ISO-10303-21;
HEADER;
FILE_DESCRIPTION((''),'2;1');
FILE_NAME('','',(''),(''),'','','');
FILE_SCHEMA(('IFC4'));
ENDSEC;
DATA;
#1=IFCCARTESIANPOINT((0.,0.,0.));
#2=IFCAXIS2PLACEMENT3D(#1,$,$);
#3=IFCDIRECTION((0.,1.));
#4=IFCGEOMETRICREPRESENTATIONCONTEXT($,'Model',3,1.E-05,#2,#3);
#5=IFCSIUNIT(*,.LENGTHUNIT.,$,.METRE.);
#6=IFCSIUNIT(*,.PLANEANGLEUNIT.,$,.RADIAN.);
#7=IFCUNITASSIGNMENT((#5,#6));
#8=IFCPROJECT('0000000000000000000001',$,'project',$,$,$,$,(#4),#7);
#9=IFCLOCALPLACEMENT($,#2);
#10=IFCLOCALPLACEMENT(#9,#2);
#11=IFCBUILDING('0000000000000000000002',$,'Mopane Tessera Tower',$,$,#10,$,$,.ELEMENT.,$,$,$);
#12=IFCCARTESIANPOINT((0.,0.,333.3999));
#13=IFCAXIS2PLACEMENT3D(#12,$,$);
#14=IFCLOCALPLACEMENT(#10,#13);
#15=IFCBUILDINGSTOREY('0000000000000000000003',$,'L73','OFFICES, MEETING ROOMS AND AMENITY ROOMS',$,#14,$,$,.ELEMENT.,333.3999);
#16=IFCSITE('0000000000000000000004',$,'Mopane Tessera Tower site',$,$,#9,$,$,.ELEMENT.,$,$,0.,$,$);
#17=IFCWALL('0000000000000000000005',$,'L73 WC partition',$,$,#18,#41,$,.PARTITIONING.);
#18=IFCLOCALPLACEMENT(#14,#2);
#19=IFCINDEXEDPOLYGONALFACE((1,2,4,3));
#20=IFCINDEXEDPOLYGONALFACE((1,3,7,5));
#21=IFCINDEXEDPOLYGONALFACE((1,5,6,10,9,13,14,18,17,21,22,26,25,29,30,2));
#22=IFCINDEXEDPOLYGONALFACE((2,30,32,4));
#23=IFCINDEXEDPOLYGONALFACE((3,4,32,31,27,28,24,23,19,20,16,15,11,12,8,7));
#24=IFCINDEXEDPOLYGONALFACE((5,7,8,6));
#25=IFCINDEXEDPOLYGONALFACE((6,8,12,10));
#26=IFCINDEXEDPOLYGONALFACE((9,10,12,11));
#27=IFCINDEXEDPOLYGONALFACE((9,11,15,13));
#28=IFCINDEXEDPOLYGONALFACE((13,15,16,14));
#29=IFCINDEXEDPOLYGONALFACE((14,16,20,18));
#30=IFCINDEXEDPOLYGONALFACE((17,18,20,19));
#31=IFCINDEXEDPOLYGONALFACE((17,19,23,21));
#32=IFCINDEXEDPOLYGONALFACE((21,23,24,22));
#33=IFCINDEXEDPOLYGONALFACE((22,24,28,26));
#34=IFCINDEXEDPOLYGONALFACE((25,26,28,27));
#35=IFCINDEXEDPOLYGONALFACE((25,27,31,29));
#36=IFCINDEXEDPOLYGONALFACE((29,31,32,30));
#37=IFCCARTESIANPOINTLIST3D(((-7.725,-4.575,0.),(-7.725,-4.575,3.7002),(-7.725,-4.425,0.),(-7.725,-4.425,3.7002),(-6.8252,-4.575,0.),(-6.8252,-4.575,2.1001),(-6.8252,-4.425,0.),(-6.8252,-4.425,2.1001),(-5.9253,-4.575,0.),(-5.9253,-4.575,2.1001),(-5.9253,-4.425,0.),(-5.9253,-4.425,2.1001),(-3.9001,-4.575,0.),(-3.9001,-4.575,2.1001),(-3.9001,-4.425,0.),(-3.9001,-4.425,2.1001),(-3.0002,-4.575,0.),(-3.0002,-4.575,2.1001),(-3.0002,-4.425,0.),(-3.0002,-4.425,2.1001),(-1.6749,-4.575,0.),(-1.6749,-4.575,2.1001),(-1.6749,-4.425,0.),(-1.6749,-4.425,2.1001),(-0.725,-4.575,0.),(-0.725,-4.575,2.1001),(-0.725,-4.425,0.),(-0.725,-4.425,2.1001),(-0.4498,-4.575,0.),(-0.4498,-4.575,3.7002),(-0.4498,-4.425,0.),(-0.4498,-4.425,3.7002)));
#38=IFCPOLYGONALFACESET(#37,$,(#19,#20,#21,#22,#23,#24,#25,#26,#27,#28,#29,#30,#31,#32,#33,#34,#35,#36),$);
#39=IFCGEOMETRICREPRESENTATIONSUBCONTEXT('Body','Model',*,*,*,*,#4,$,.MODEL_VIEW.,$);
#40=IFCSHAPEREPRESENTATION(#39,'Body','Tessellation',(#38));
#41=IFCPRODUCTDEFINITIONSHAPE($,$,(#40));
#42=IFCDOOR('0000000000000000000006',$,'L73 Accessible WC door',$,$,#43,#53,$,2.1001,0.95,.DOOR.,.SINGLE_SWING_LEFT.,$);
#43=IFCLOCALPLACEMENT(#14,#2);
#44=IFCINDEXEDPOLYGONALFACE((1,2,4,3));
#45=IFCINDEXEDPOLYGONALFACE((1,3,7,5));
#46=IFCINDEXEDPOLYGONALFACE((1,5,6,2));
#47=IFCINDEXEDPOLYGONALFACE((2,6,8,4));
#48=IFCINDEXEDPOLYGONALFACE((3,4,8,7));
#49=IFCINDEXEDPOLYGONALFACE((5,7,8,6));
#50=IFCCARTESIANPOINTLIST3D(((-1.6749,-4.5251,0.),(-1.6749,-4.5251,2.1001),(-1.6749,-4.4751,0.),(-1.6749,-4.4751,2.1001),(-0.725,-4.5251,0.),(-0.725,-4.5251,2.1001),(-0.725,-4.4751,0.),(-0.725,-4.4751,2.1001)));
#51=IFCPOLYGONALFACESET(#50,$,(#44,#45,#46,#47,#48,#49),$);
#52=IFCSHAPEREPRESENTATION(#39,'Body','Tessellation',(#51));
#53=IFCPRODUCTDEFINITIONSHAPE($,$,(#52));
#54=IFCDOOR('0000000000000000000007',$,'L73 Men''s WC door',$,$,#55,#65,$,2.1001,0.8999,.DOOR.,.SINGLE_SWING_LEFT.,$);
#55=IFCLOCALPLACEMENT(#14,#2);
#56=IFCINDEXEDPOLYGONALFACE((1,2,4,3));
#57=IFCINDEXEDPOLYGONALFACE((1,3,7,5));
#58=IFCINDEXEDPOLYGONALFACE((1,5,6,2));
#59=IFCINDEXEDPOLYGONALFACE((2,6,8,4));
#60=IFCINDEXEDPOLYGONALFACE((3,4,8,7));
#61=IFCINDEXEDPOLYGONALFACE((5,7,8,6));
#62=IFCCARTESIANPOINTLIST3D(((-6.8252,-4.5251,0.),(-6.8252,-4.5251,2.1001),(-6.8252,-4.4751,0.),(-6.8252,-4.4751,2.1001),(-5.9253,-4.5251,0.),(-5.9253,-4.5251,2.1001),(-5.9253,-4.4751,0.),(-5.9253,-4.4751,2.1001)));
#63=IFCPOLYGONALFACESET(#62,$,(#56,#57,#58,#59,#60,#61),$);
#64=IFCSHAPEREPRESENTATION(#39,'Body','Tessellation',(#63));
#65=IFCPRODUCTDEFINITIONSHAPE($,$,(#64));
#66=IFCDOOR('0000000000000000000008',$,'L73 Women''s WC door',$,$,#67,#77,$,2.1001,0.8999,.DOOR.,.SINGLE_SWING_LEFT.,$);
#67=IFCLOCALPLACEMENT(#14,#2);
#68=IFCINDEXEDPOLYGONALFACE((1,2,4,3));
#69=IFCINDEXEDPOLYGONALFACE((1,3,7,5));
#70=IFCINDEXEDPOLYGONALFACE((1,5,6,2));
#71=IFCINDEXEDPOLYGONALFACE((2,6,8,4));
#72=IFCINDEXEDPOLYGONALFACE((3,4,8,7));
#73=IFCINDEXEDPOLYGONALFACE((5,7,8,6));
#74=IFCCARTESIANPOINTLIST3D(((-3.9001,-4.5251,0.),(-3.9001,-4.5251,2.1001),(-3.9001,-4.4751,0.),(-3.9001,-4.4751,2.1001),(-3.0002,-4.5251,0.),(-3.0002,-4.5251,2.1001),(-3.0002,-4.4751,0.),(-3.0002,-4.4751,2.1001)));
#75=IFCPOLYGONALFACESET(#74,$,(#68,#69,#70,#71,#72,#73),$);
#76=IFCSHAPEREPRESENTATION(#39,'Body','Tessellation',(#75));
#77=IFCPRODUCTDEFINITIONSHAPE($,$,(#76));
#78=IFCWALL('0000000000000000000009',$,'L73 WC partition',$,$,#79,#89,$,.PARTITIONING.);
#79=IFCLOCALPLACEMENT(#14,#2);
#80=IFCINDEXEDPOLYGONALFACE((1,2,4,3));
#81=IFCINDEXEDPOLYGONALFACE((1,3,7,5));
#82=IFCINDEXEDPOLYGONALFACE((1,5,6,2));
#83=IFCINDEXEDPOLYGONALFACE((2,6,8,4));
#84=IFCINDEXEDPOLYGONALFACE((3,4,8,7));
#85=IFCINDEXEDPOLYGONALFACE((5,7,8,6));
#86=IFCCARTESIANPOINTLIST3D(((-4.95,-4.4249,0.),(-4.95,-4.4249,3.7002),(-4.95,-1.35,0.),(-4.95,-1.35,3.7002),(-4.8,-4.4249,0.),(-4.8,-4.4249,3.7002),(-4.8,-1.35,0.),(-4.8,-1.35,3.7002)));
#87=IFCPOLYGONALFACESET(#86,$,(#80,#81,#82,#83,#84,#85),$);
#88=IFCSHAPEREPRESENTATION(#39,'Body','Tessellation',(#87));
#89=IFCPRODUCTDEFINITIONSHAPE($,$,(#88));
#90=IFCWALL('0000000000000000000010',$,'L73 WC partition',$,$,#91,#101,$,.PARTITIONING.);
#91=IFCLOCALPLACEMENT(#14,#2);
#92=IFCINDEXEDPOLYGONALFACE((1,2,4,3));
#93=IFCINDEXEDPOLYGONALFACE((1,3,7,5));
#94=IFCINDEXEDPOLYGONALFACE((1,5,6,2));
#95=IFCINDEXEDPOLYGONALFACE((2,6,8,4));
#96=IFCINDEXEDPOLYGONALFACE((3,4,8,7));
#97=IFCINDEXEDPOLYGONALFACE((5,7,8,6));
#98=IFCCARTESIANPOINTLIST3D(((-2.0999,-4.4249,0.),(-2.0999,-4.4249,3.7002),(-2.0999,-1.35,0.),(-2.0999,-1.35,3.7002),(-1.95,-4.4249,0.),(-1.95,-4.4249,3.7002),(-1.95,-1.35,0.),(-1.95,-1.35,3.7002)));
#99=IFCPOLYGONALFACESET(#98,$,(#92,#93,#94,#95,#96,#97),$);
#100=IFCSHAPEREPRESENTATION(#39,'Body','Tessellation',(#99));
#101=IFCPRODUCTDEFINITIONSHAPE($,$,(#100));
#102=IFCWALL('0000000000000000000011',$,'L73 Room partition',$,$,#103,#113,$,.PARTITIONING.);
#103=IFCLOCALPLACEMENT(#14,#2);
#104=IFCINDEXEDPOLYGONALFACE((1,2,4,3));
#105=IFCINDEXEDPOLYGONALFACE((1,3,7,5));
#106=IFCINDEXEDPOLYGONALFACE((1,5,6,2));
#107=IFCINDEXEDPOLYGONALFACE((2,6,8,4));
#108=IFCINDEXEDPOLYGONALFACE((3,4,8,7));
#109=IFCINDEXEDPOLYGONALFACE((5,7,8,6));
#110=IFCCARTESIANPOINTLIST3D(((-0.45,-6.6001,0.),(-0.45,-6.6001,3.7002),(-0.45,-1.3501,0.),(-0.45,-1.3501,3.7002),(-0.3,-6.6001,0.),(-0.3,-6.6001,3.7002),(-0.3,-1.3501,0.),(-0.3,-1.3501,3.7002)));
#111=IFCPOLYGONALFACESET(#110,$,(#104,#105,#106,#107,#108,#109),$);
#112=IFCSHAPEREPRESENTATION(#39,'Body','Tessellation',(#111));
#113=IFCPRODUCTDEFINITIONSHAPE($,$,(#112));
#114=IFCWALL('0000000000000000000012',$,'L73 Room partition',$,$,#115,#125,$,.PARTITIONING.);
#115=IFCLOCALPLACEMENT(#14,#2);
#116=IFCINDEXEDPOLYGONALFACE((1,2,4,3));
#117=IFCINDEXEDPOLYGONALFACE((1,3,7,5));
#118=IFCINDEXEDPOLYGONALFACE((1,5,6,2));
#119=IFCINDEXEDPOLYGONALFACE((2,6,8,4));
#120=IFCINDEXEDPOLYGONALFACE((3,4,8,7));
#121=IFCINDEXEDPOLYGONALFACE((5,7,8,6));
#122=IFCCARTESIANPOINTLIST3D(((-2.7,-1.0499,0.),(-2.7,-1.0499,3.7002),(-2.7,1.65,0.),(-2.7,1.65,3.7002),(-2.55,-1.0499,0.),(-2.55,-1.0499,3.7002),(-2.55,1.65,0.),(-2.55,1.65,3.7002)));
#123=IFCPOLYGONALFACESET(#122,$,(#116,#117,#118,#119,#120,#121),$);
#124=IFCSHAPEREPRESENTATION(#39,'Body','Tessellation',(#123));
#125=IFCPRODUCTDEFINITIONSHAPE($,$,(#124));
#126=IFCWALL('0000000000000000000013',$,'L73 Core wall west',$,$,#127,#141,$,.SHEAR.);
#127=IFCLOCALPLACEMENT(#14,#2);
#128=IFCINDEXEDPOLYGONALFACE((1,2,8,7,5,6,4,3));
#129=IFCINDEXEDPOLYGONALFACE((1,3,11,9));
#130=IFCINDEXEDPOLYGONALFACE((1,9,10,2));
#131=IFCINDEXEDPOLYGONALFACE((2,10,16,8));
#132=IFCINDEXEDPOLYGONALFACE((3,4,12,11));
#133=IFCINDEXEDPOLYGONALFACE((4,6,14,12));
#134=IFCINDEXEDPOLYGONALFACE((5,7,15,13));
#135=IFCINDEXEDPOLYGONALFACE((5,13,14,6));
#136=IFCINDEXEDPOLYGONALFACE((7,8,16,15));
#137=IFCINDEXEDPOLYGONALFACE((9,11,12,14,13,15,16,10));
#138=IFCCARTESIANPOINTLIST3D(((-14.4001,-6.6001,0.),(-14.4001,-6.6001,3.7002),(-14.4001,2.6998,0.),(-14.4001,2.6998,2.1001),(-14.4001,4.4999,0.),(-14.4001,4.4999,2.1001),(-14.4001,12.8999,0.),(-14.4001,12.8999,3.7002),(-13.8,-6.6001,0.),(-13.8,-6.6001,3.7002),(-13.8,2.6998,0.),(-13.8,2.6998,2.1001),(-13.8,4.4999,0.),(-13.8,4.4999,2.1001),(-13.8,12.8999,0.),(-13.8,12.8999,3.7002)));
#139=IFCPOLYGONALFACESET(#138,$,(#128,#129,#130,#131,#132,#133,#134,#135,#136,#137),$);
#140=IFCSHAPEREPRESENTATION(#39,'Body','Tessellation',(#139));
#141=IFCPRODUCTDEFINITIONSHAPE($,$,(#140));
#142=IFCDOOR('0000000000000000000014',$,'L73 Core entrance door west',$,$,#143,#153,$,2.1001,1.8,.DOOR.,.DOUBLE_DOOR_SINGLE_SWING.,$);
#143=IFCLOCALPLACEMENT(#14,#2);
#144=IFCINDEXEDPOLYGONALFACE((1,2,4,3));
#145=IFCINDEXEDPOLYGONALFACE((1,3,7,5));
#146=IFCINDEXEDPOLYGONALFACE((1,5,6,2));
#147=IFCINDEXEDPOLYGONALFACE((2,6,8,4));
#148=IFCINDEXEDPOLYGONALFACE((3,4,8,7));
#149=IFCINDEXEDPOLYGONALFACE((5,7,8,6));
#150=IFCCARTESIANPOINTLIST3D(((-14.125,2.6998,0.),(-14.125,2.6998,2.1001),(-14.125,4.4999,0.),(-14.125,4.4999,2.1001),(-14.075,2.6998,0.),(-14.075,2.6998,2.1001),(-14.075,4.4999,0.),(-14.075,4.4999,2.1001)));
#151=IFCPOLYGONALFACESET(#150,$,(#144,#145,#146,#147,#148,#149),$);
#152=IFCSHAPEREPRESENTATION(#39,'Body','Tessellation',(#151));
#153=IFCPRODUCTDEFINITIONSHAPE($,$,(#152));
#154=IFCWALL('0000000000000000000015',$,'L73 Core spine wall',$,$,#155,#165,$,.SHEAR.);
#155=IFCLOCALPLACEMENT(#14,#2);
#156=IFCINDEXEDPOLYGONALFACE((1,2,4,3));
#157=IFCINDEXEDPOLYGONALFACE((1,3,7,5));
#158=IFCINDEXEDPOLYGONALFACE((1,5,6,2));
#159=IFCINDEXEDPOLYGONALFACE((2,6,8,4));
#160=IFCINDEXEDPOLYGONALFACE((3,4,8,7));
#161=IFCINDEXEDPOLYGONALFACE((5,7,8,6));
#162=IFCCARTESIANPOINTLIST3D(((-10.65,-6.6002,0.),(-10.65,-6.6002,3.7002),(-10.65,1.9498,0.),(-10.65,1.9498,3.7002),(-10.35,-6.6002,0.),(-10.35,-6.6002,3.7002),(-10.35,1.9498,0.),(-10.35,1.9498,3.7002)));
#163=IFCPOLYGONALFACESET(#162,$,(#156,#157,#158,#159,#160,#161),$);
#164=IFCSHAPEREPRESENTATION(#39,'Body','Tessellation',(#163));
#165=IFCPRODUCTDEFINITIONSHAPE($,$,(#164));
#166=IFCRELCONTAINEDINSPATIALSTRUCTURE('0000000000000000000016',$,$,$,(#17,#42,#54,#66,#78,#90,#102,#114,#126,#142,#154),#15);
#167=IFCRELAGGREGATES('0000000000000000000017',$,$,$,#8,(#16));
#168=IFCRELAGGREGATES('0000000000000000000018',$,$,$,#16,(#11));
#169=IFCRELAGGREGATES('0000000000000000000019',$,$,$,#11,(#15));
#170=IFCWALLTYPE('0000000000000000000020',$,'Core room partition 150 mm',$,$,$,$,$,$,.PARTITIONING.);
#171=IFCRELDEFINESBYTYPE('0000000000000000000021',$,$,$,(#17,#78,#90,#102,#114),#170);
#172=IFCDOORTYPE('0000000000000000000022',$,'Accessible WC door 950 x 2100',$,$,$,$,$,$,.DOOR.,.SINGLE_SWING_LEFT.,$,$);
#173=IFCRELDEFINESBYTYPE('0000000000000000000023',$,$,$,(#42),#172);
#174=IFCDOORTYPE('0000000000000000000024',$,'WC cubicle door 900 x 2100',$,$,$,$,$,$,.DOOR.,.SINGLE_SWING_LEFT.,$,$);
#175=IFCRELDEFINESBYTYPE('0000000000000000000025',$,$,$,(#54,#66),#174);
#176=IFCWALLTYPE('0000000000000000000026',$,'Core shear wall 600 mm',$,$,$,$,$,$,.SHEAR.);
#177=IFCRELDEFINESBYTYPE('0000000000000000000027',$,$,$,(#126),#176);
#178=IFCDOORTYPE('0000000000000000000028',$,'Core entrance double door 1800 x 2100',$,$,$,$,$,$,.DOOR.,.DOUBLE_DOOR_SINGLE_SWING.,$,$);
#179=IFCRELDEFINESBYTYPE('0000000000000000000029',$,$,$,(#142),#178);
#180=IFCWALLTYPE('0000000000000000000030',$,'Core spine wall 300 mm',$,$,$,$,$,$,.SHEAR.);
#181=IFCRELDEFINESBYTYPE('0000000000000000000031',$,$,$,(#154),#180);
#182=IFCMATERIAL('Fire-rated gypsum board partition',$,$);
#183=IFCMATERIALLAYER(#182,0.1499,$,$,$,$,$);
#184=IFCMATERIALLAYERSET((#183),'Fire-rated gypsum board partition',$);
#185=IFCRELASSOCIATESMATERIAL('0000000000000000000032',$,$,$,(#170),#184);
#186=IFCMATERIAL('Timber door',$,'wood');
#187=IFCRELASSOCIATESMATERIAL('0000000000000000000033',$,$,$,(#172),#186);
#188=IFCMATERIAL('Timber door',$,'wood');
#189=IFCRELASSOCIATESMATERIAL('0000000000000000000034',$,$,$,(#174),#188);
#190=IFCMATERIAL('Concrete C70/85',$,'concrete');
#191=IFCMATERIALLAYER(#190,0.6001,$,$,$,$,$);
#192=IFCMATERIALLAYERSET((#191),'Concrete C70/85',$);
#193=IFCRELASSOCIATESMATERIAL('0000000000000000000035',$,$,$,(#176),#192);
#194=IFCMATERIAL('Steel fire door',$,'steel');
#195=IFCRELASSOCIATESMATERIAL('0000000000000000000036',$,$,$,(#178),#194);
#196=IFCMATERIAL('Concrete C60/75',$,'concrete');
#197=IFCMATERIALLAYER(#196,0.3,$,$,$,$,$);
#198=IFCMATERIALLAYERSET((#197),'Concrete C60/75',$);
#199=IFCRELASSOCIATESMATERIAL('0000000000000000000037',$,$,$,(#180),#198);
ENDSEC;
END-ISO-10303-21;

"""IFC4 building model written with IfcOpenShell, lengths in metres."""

from ifc_helpers import new_model, si_unit, direction, frame, frame_2d, origin, place, context, subcontext, project, spatial, rectangle, extrude, material, layer, layer_set, type_object, element, fill, save


model = new_model("IFC4")

# Units and contexts
model_context = context("Model", 3, precision=1e-05, world=origin(), true_north=direction((0.0, 1.0)))
body_context = subcontext(model_context, "Body", "Model", "MODEL_VIEW")
ifc_project = project(units=[si_unit("LENGTHUNIT", "METRE"), si_unit("PLANEANGLEUNIT", "RADIAN")], contexts=[model_context])

# Site, building, storey
site_placement = place(None, origin())
site = spatial("IfcSite", under=ifc_project, at=site_placement, Name="Mopane Tessera Tower site", CompositionType="ELEMENT", RefElevation=0.0)
building_placement = place(site_placement, origin())
building = spatial("IfcBuilding", under=site, at=building_placement, Name="Mopane Tessera Tower", CompositionType="ELEMENT")
storey_placement = place(building_placement, frame((0.0, 0.0, 333.3999)))
storey = spatial("IfcBuildingStorey", under=building, at=storey_placement, Name="L73", Description="OFFICES, MEETING ROOMS AND AMENITY ROOMS", CompositionType="ELEMENT", Elevation=333.3999)

# Shared definitions
ifc_material_1 = material(Name="Fire-rated gypsum board partition")
ifc_layer_1 = layer(ifc_material_1, 0.1499)
ifc_layer_set_1 = layer_set([ifc_layer_1], Name="Fire-rated gypsum board partition")
wall_type_1 = type_object("IfcWallType", Name="Core room partition 150 mm", PredefinedType="PARTITIONING", material=ifc_layer_set_1)

# Wall, openings, doors
wall_1_placement = place(storey_placement, frame((-7.7251, -4.5, 0.0), z_axis=(0.0, 0.0, 1.0), x_axis=(1.0, 0.0, 0.0)))
wall_1 = element("IfcWall", 1, at=wall_1_placement, inside=storey, type_object=wall_type_1, Name="L73 WC partition", PredefinedType="PARTITIONING", context=body_context, shape_type="SweptSolid", body=[
    extrude(rectangle(XDim=7.2751, YDim=0.1499, at=frame_2d((3.6377, 0.0))), origin(), (0.0, 0.0, 1.0), 3.7002),
])
opening_1_placement = place(wall_1_placement, frame((0.8999, 0.0, 0.0)))
opening_1 = element("IfcOpeningElement", 2, at=opening_1_placement, cuts=wall_1, PredefinedType="OPENING", context=body_context, shape_type="SweptSolid", body=[
    extrude(rectangle(XDim=0.8999, YDim=2.1001, at=frame_2d((0.45, 1.05))), frame((0.0, 0.0869, 0.0), z_axis=(0.0, -1.0, 0.0), x_axis=(1.0, 0.0, 0.0)), (0.0, 0.0, 1.0), 0.1738),
])
opening_2_placement = place(wall_1_placement, frame((3.825, 0.0, 0.0)))
opening_2 = element("IfcOpeningElement", 3, at=opening_2_placement, cuts=wall_1, PredefinedType="OPENING", context=body_context, shape_type="SweptSolid", body=[
    extrude(rectangle(XDim=0.8999, YDim=2.1001, at=frame_2d((0.45, 1.05))), frame((0.0, 0.0869, 0.0), z_axis=(0.0, -1.0, 0.0), x_axis=(1.0, 0.0, 0.0)), (0.0, 0.0, 1.0), 0.1738),
])
opening_3_placement = place(wall_1_placement, frame((6.05, 0.0, 0.0)))
opening_3 = element("IfcOpeningElement", 4, at=opening_3_placement, cuts=wall_1, PredefinedType="OPENING", context=body_context, shape_type="SweptSolid", body=[
    extrude(rectangle(XDim=0.95, YDim=2.1001, at=frame_2d((0.4751, 1.05))), frame((0.0, 0.0869, 0.0), z_axis=(0.0, -1.0, 0.0), x_axis=(1.0, 0.0, 0.0)), (0.0, 0.0, 1.0), 0.1738),
])
ifc_material_2 = material(Name="Timber door", Category="wood")
door_type_1 = type_object("IfcDoorType", Name="Accessible WC door 950 x 2100", OperationType="SINGLE_SWING_LEFT", PredefinedType="DOOR", material=ifc_material_2)
door_1_placement = place(opening_3_placement, origin())
door_1 = element("IfcDoor", 5, at=door_1_placement, inside=storey, type_object=door_type_1, Name="L73 Accessible WC door", OperationType="SINGLE_SWING_LEFT", OverallHeight=2.1001, OverallWidth=0.95, PredefinedType="DOOR", context=body_context, shape_type="SweptSolid", body=[
    extrude(rectangle(XDim=0.95, YDim=2.1001, at=frame_2d((0.4751, 1.05))), frame((0.0, 0.0249, 0.0), z_axis=(0.0, -1.0, 0.0), x_axis=(1.0, 0.0, 0.0)), (0.0, 0.0, 1.0), 0.05),
])
fill(opening_3, door_1)
ifc_material_3 = material(Name="Timber door", Category="wood")
door_type_2 = type_object("IfcDoorType", Name="WC cubicle door 900 x 2100", OperationType="SINGLE_SWING_LEFT", PredefinedType="DOOR", material=ifc_material_3)
door_2_placement = place(opening_1_placement, origin())
door_2 = element("IfcDoor", 6, at=door_2_placement, inside=storey, type_object=door_type_2, Name="L73 Men's WC door", OperationType="SINGLE_SWING_LEFT", OverallHeight=2.1001, OverallWidth=0.8999, PredefinedType="DOOR", context=body_context, shape_type="SweptSolid", body=[
    extrude(rectangle(XDim=0.8999, YDim=2.1001, at=frame_2d((0.45, 1.05))), frame((0.0, 0.0249, 0.0), z_axis=(0.0, -1.0, 0.0), x_axis=(1.0, 0.0, 0.0)), (0.0, 0.0, 1.0), 0.05),
])
fill(opening_1, door_2)
door_3_placement = place(opening_2_placement, origin())
door_3 = element("IfcDoor", 7, at=door_3_placement, inside=storey, type_object=door_type_2, Name="L73 Women's WC door", OperationType="SINGLE_SWING_LEFT", OverallHeight=2.1001, OverallWidth=0.8999, PredefinedType="DOOR", context=body_context, shape_type="SweptSolid", body=[
    extrude(rectangle(XDim=0.8999, YDim=2.1001, at=frame_2d((0.45, 1.05))), frame((0.0, 0.0249, 0.0), z_axis=(0.0, -1.0, 0.0), x_axis=(1.0, 0.0, 0.0)), (0.0, 0.0, 1.0), 0.05),
])
fill(opening_2, door_3)

# Walls
for number, where, z_axis, x_axis, name in (
    (8, (-4.875, -4.425, 0.0), (0.0, 0.0, 1.0), (0.0, 1.0, 0.0), "L73 WC partition"),
    (9, (-2.0249, -4.425, 0.0), (0.0, 0.0, 1.0), (0.0, 1.0, 0.0), "L73 WC partition"),
):
    element("IfcWall", number, at=place(storey_placement, frame(where, z_axis=z_axis, x_axis=x_axis)), inside=storey, type_object=wall_type_1, Name=name, PredefinedType="PARTITIONING", context=body_context, shape_type="SweptSolid", body=[
        extrude(rectangle(XDim=3.075, YDim=0.1499, at=frame_2d((1.5376, 0.0))), origin(), (0.0, 0.0, 1.0), 3.7002),
    ])
wall_2_placement = place(storey_placement, frame((-0.375, -6.6001, 0.0), z_axis=(0.0, 0.0, 1.0), x_axis=(0.0, 1.0, 0.0)))
element("IfcWall", 10, at=wall_2_placement, inside=storey, type_object=wall_type_1, Name="L73 Room partition", PredefinedType="PARTITIONING", context=body_context, shape_type="SweptSolid", body=[
    extrude(rectangle(XDim=5.25, YDim=0.1499, at=frame_2d((2.625, 0.0))), origin(), (0.0, 0.0, 1.0), 3.7002),
])
wall_3_placement = place(storey_placement, frame((-2.625, -1.05, 0.0), z_axis=(0.0, 0.0, 1.0), x_axis=(0.0, 1.0, 0.0)))
element("IfcWall", 11, at=wall_3_placement, inside=storey, type_object=wall_type_1, Name="L73 Room partition", PredefinedType="PARTITIONING", context=body_context, shape_type="SweptSolid", body=[
    extrude(rectangle(XDim=2.7, YDim=0.1499, at=frame_2d((1.3501, 0.0))), origin(), (0.0, 0.0, 1.0), 3.7002),
])

# Wall, opening, door
ifc_material_4 = material(Name="Concrete C70/85", Category="concrete")
ifc_layer_2 = layer(ifc_material_4, 0.6001)
ifc_layer_set_2 = layer_set([ifc_layer_2], Name="Concrete C70/85")
wall_type_2 = type_object("IfcWallType", Name="Core shear wall 600 mm", PredefinedType="SHEAR", material=ifc_layer_set_2)
wall_4_placement = place(storey_placement, frame((-14.1001, -6.6001, 0.0), z_axis=(0.0, 0.0, 1.0), x_axis=(0.0, 1.0, 0.0)))
wall_4 = element("IfcWall", 12, at=wall_4_placement, inside=storey, type_object=wall_type_2, Name="L73 Core wall west", PredefinedType="SHEAR", context=body_context, shape_type="SweptSolid", body=[
    extrude(rectangle(XDim=19.5, YDim=0.6001, at=frame_2d((9.75, 0.0))), origin(), (0.0, 0.0, 1.0), 3.7002),
])
opening_4_placement = place(wall_4_placement, frame((9.3, 0.0, 0.0)))
opening_4 = element("IfcOpeningElement", 13, at=opening_4_placement, cuts=wall_4, PredefinedType="OPENING", context=body_context, shape_type="SweptSolid", body=[
    extrude(rectangle(XDim=1.8, YDim=2.1001, at=frame_2d((0.8999, 1.05))), frame((0.0, 0.312, 0.0), z_axis=(0.0, -1.0, 0.0), x_axis=(1.0, 0.0, 0.0)), (0.0, 0.0, 1.0), 0.624),
])
ifc_material_5 = material(Name="Steel fire door", Category="steel")
door_type_3 = type_object("IfcDoorType", Name="Core entrance double door 1800 x 2100", OperationType="DOUBLE_DOOR_SINGLE_SWING", PredefinedType="DOOR", material=ifc_material_5)
door_4_placement = place(opening_4_placement, origin())
door_4 = element("IfcDoor", 14, at=door_4_placement, inside=storey, type_object=door_type_3, Name="L73 Core entrance door west", OperationType="DOUBLE_DOOR_SINGLE_SWING", OverallHeight=2.1001, OverallWidth=1.8, PredefinedType="DOOR", context=body_context, shape_type="SweptSolid", body=[
    extrude(rectangle(XDim=1.8, YDim=2.1001, at=frame_2d((0.8999, 1.05))), frame((0.0, 0.0249, 0.0), z_axis=(0.0, -1.0, 0.0), x_axis=(1.0, 0.0, 0.0)), (0.0, 0.0, 1.0), 0.05),
])
fill(opening_4, door_4)

# Wall
ifc_material_6 = material(Name="Concrete C60/75", Category="concrete")
ifc_layer_3 = layer(ifc_material_6, 0.3)
ifc_layer_set_3 = layer_set([ifc_layer_3], Name="Concrete C60/75")
wall_type_3 = type_object("IfcWallType", Name="Core spine wall 300 mm", PredefinedType="SHEAR", material=ifc_layer_set_3)
wall_5_placement = place(storey_placement, frame((-10.5, -6.6001, 0.0), z_axis=(0.0, 0.0, 1.0), x_axis=(0.0, 1.0, 0.0)))
element("IfcWall", 15, at=wall_5_placement, inside=storey, type_object=wall_type_3, Name="L73 Core spine wall", PredefinedType="SHEAR", context=body_context, shape_type="SweptSolid", body=[
    extrude(rectangle(XDim=8.55, YDim=0.3, at=frame_2d((4.2749, 0.0))), origin(), (0.0, 0.0, 1.0), 3.7002),
])

save(model, "model.ifc")
